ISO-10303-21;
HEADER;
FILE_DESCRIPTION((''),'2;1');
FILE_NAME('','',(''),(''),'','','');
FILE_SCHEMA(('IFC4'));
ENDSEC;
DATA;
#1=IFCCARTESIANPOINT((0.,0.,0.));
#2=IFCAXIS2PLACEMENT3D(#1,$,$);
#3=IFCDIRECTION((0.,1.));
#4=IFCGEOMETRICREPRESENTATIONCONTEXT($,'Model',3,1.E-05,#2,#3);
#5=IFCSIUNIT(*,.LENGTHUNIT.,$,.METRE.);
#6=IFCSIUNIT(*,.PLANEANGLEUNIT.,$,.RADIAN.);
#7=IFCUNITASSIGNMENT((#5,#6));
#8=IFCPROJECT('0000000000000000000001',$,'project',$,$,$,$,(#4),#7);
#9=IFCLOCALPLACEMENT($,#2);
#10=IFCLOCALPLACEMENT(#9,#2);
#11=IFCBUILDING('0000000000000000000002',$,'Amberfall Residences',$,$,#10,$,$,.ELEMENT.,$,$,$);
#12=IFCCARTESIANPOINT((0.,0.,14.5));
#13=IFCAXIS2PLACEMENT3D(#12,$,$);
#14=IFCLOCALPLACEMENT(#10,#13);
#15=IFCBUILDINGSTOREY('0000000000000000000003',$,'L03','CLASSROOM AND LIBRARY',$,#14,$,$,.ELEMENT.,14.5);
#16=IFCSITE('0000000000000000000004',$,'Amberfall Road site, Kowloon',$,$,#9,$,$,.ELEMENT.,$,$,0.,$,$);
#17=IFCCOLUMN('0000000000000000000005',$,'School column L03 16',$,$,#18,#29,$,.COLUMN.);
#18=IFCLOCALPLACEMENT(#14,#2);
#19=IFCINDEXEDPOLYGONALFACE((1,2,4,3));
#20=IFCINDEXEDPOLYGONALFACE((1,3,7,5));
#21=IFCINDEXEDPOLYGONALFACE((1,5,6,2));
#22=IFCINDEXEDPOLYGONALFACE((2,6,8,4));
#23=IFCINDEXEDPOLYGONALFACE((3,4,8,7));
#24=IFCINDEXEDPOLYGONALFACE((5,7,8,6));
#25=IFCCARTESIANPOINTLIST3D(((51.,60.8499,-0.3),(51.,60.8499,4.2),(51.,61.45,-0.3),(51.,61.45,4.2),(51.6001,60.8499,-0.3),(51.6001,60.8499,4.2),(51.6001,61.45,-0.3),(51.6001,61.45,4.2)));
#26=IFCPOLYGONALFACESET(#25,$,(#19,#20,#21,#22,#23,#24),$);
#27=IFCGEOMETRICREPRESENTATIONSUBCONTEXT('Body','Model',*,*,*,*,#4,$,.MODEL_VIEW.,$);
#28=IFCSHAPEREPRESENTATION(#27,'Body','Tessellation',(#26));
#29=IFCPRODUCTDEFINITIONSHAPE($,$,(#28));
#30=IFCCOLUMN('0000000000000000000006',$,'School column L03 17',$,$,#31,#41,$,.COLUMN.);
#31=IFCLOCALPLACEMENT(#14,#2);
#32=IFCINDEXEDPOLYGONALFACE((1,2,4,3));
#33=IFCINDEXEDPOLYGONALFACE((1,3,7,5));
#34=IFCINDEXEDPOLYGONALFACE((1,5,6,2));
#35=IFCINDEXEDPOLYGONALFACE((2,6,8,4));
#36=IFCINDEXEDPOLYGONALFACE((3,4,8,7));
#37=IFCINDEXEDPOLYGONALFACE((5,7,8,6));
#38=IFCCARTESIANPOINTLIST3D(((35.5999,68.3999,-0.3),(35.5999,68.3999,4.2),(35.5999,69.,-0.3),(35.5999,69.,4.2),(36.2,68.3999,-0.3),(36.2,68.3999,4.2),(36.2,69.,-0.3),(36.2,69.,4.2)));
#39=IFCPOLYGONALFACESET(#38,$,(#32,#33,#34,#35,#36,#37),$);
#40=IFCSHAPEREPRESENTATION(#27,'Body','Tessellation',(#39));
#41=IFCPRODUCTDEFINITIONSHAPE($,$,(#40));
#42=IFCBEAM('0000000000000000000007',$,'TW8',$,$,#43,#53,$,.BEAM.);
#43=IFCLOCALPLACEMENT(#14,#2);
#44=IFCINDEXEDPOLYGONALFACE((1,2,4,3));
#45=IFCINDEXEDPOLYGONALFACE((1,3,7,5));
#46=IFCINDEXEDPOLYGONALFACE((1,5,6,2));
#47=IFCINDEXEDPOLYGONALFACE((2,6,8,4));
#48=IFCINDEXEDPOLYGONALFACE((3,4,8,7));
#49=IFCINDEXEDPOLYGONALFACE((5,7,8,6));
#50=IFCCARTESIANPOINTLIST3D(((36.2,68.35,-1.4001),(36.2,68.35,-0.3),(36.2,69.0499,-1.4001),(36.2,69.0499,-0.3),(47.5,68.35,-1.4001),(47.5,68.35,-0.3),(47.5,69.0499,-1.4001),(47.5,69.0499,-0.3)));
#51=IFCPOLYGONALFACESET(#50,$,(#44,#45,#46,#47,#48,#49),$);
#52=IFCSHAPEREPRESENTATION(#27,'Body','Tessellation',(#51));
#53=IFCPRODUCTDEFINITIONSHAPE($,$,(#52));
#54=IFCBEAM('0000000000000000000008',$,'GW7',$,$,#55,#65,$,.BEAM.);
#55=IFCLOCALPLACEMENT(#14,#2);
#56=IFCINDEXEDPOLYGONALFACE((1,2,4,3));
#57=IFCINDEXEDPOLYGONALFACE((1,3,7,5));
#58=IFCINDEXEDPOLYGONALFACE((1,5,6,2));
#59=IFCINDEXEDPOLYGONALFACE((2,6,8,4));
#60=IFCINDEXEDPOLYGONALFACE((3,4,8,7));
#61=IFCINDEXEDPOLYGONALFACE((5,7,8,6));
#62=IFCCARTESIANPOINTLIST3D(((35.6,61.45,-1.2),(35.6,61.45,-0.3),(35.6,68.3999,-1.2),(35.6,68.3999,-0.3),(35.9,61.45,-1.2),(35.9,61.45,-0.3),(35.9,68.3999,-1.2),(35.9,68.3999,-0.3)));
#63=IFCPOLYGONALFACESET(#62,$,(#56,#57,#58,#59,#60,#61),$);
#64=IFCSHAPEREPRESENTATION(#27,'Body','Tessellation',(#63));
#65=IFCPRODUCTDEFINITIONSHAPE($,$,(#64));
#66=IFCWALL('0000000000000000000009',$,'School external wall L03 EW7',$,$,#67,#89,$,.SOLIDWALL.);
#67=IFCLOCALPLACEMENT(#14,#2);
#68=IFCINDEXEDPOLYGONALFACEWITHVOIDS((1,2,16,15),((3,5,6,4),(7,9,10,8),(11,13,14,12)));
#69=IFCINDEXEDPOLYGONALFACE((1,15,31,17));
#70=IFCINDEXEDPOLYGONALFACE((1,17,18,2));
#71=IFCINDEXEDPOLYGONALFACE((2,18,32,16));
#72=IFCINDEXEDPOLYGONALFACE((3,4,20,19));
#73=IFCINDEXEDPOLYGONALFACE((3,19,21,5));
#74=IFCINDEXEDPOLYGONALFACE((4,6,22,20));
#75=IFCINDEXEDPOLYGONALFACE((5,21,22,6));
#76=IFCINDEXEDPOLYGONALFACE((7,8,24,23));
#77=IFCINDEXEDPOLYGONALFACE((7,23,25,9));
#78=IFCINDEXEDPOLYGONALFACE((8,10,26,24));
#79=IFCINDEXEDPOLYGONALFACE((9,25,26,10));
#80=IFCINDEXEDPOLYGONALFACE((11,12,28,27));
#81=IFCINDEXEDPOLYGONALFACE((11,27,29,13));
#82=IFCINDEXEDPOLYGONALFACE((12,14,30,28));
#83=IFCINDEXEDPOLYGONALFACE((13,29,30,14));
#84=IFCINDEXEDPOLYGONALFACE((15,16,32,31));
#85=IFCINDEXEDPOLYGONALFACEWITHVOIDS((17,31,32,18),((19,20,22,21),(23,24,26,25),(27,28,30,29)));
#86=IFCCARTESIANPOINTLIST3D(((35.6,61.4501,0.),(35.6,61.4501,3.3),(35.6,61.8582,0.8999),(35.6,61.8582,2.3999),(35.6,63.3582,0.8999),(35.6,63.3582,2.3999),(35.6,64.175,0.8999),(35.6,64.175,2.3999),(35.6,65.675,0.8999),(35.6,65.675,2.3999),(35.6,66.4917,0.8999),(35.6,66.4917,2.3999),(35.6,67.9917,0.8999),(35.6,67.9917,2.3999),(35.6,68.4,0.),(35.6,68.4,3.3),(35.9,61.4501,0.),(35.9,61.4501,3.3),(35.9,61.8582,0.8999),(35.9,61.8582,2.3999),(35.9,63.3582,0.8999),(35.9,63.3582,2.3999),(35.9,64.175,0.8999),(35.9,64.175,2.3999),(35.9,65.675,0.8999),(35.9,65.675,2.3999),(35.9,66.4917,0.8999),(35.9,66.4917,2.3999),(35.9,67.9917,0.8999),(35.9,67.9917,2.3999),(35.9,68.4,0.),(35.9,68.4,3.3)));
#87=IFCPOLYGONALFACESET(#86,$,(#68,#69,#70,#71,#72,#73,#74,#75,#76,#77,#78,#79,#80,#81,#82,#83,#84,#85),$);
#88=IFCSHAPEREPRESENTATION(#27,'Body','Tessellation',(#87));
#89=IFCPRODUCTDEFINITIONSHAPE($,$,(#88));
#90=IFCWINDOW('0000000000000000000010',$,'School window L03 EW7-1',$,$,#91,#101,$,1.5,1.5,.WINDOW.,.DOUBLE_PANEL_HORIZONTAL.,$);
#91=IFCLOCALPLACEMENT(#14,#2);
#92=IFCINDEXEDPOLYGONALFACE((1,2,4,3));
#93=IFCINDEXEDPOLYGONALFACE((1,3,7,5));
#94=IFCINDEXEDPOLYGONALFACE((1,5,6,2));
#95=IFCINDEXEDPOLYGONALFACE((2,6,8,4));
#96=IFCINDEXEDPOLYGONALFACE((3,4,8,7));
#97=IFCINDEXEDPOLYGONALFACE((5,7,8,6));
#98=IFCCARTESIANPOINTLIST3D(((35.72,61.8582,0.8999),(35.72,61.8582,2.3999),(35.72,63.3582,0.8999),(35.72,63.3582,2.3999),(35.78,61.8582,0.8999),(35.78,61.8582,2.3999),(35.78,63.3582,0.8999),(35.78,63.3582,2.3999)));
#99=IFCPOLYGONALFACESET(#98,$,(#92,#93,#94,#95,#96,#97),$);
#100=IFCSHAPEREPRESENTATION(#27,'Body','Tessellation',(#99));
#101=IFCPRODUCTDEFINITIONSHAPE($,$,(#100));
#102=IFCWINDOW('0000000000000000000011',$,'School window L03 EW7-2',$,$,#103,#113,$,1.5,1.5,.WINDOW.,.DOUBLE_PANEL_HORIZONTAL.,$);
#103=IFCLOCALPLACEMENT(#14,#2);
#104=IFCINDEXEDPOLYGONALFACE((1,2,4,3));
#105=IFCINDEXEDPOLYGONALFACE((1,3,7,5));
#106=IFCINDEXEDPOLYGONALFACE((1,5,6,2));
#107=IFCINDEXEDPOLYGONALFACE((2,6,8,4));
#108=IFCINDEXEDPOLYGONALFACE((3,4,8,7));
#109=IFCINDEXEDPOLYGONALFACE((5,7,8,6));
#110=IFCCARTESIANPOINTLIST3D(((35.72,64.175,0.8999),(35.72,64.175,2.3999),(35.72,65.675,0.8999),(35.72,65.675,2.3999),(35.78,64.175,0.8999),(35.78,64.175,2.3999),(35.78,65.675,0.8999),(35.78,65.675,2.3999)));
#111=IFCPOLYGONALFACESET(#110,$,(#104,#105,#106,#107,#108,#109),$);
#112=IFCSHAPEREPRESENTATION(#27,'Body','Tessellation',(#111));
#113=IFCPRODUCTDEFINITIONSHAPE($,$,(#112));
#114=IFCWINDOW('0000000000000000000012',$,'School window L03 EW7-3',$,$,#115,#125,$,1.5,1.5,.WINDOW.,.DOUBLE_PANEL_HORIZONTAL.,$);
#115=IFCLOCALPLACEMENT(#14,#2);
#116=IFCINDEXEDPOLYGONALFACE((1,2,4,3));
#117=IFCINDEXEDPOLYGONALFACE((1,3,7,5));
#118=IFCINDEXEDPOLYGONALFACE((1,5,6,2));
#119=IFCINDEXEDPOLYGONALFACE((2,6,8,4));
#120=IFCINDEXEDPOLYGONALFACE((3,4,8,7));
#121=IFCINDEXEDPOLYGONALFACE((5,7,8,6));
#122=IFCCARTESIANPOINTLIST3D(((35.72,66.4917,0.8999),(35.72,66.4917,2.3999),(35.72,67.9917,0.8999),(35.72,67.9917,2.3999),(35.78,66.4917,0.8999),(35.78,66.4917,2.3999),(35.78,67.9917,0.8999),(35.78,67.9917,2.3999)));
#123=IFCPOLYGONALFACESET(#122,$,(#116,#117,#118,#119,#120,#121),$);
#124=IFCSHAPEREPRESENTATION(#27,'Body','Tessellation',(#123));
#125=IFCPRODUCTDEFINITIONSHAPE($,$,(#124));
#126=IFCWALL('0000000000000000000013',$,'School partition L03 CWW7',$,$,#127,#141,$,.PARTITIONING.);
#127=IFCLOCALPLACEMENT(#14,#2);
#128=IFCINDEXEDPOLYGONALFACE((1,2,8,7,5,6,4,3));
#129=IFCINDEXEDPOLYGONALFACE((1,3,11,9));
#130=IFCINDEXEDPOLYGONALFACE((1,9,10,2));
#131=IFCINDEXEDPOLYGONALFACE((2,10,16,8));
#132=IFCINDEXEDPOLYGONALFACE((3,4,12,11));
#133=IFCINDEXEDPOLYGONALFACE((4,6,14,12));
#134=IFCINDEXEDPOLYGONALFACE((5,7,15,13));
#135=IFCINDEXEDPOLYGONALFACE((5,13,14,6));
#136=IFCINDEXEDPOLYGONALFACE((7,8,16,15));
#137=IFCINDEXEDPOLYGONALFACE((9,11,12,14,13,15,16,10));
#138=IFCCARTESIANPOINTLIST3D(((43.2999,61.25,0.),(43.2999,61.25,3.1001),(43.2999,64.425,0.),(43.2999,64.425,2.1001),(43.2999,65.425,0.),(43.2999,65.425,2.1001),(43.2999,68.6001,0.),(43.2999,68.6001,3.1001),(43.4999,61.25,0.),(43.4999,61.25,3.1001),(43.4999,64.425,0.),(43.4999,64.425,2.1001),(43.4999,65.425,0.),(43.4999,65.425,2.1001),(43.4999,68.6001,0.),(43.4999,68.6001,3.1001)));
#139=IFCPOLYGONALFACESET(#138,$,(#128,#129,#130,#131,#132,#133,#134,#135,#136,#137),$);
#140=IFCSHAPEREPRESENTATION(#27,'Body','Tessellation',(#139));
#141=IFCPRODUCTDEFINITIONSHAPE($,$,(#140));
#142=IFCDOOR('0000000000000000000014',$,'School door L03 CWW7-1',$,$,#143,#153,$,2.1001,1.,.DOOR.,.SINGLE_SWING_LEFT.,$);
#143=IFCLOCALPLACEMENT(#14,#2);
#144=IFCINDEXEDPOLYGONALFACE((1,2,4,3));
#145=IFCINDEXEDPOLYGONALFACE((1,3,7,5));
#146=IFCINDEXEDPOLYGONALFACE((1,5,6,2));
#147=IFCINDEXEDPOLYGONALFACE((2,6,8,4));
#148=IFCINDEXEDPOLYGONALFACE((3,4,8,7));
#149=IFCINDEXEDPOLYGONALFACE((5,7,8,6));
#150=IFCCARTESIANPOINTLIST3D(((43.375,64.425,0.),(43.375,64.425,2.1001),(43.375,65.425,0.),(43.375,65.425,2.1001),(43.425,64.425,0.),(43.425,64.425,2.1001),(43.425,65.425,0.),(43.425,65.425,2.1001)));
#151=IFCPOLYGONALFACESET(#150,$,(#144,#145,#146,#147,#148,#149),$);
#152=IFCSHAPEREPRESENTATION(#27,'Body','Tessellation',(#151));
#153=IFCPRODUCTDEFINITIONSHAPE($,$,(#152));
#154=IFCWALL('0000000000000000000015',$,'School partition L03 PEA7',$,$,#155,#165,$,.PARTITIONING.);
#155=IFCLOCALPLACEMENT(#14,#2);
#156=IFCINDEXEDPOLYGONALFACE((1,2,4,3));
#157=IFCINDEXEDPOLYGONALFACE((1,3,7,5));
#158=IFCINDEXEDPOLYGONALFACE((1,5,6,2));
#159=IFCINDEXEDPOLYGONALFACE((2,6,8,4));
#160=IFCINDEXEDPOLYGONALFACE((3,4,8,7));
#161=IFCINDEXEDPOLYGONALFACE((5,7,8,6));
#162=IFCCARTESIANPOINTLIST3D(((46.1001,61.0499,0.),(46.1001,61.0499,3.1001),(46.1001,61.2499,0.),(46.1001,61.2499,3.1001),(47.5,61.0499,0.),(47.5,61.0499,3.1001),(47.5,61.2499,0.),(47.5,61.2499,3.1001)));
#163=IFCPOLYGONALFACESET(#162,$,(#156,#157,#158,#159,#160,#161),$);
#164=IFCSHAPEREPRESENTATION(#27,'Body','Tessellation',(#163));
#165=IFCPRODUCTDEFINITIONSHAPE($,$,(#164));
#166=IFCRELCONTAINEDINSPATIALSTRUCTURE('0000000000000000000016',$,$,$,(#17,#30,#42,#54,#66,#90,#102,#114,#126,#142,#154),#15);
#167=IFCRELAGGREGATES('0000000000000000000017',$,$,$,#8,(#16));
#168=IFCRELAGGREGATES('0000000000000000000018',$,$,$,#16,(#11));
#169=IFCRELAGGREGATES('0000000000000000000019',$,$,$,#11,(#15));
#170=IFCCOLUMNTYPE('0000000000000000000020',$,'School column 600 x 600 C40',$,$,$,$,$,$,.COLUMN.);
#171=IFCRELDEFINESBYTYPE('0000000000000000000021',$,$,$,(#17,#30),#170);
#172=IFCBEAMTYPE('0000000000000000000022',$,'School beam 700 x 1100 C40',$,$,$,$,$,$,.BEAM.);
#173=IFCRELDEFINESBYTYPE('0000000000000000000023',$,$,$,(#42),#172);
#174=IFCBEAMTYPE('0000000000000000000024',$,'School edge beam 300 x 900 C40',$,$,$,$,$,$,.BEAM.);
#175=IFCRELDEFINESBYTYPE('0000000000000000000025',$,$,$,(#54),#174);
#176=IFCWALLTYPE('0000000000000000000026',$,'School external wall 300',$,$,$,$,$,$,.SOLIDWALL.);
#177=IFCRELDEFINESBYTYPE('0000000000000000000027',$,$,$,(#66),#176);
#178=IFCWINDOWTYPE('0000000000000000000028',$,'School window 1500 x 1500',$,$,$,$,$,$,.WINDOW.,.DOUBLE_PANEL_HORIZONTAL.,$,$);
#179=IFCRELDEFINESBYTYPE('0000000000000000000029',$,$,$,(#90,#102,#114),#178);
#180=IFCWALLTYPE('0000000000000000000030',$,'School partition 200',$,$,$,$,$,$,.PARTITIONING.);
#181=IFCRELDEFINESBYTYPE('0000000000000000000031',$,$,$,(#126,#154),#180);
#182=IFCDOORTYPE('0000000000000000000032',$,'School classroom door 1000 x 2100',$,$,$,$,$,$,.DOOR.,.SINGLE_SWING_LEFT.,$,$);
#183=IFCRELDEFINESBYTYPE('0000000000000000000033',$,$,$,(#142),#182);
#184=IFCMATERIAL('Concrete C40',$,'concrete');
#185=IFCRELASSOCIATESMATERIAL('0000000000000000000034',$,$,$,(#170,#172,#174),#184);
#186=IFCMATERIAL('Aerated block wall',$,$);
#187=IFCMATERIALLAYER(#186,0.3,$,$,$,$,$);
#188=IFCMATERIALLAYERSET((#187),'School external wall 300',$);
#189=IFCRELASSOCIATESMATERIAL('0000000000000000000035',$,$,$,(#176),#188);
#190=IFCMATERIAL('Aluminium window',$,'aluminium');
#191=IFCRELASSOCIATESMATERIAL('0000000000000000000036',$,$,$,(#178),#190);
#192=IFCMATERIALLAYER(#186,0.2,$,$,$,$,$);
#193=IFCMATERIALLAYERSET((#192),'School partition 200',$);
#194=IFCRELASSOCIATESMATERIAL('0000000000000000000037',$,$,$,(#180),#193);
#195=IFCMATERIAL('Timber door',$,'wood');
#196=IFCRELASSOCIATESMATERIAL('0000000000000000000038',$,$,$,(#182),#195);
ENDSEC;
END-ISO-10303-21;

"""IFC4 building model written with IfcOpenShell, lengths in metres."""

from ifc_helpers import new_model, si_unit, direction, frame, frame_2d, origin, origin_2d, place, context, subcontext, project, spatial, rectangle, extrude, material, layer, layer_set, material_profile, profile_set, type_object, element, fill, save


model = new_model("IFC4")

# Units and contexts
model_context = context("Model", 3, precision=1e-05, world=origin(), true_north=direction((0.0, 1.0)))
body_context = subcontext(model_context, "Body", "Model", "MODEL_VIEW")
ifc_project = project(units=[si_unit("LENGTHUNIT", "METRE"), si_unit("PLANEANGLEUNIT", "RADIAN")], contexts=[model_context])

# Site, building, storey
site_placement = place(None, origin())
site = spatial("IfcSite", under=ifc_project, at=site_placement, Name="Amberfall Road site, Kowloon", CompositionType="ELEMENT", RefElevation=0.0)
building_placement = place(site_placement, origin())
building = spatial("IfcBuilding", under=site, at=building_placement, Name="Amberfall Residences", CompositionType="ELEMENT")
storey_placement = place(building_placement, frame((0.0, 0.0, 14.5)))
storey = spatial("IfcBuildingStorey", under=building, at=storey_placement, Name="L03", Description="CLASSROOM AND LIBRARY", CompositionType="ELEMENT", Elevation=14.5)

# Columns
ifc_material_1 = material(Name="Concrete C40", Category="concrete")
ifc_material_profile_1 = material_profile(ifc_material_1, rectangle(XDim=0.6001, YDim=0.6001, at=origin_2d()), Name="School column 600 x 600 C40")
ifc_profile_set_1 = profile_set([ifc_material_profile_1], Name="Concrete C40")
column_type = type_object("IfcColumnType", Name="School column 600 x 600 C40", PredefinedType="COLUMN", material=ifc_profile_set_1)
for number, where, z_axis, x_axis, name in (
    (1, (51.3, 61.1499, -0.3), (0.0, 0.0, 1.0), (1.0, 0.0, 0.0), "School column L03 16"),
    (2, (35.8999, 68.7, -0.3), (0.0, 0.0, 1.0), (1.0, 0.0, 0.0), "School column L03 17"),
):
    element("IfcColumn", number, at=place(storey_placement, frame(where, z_axis=z_axis, x_axis=x_axis)), inside=storey, type_object=column_type, Name=name, PredefinedType="COLUMN", context=body_context, shape_type="SweptSolid", body=[
        extrude(rectangle(XDim=0.6001, YDim=0.6001, at=origin_2d()), origin(), (0.0, 0.0, 1.0), 4.5),
    ])

# Beams
ifc_material_profile_2 = material_profile(ifc_material_1, rectangle(XDim=0.7, YDim=1.1001, at=origin_2d()), Name="School beam 700 x 1100 C40")
ifc_profile_set_2 = profile_set([ifc_material_profile_2], Name="Concrete C40")
beam_type_1 = type_object("IfcBeamType", Name="School beam 700 x 1100 C40", PredefinedType="BEAM", material=ifc_profile_set_2)
beam_1_placement = place(storey_placement, frame((36.2, 68.7, -0.8501), z_axis=(1.0, 0.0, 0.0), x_axis=(0.0, 1.0, 0.0)))
element("IfcBeam", 3, at=beam_1_placement, inside=storey, type_object=beam_type_1, Name="TW8", PredefinedType="BEAM", context=body_context, shape_type="SweptSolid", body=[
    extrude(rectangle(XDim=0.7, YDim=1.1001, at=origin_2d()), origin(), (0.0, 0.0, 1.0), 11.3),
])
ifc_material_profile_3 = material_profile(ifc_material_1, rectangle(XDim=0.3, YDim=0.8999, at=origin_2d()), Name="School edge beam 300 x 900 C40")
ifc_profile_set_3 = profile_set([ifc_material_profile_3], Name="Concrete C40")
beam_type_2 = type_object("IfcBeamType", Name="School edge beam 300 x 900 C40", PredefinedType="BEAM", material=ifc_profile_set_3)
beam_2_placement = place(storey_placement, frame((35.75, 61.45, -0.75), z_axis=(0.0, 1.0, 0.0), x_axis=(-1.0, 0.0, 0.0)))
element("IfcBeam", 4, at=beam_2_placement, inside=storey, type_object=beam_type_2, Name="GW7", PredefinedType="BEAM", context=body_context, shape_type="SweptSolid", body=[
    extrude(rectangle(XDim=0.3, YDim=0.8999, at=origin_2d()), origin(), (0.0, 0.0, 1.0), 6.95),
])

# Wall, openings, windows
ifc_material_2 = material(Name="Aerated block wall")
ifc_layer_1 = layer(ifc_material_2, 0.3)
ifc_layer_set_1 = layer_set([ifc_layer_1], Name="School external wall 300")
wall_type_1 = type_object("IfcWallType", Name="School external wall 300", PredefinedType="SOLIDWALL", material=ifc_layer_set_1)
wall_1_placement = place(storey_placement, frame((35.75, 61.45, 0.0), z_axis=(0.0, 0.0, 1.0), x_axis=(0.0, 1.0, 0.0)))
wall_1 = element("IfcWall", 5, at=wall_1_placement, inside=storey, type_object=wall_type_1, Name="School external wall L03 EW7", PredefinedType="SOLIDWALL", context=body_context, shape_type="SweptSolid", body=[
    extrude(rectangle(XDim=6.95, YDim=0.3, at=frame_2d((3.4751, 0.0))), origin(), (0.0, 0.0, 1.0), 3.3),
])
opening_1_placement = place(wall_1_placement, frame((0.4082, 0.0, 0.8999)))
opening_1 = element("IfcOpeningElement", 6, at=opening_1_placement, cuts=wall_1, PredefinedType="OPENING", context=body_context, shape_type="SweptSolid", body=[
    extrude(rectangle(XDim=1.5, YDim=1.5, at=frame_2d((0.75, 0.75))), frame((0.0, 0.1599, 0.0), z_axis=(0.0, -1.0, 0.0), x_axis=(1.0, 0.0, 0.0)), (0.0, 0.0, 1.0), 0.3201),
])
opening_2_placement = place(wall_1_placement, frame((2.7251, 0.0, 0.8999)))
opening_2 = element("IfcOpeningElement", 7, at=opening_2_placement, cuts=wall_1, PredefinedType="OPENING", context=body_context, shape_type="SweptSolid", body=[
    extrude(rectangle(XDim=1.5, YDim=1.5, at=frame_2d((0.75, 0.75))), frame((0.0, 0.1599, 0.0), z_axis=(0.0, -1.0, 0.0), x_axis=(1.0, 0.0, 0.0)), (0.0, 0.0, 1.0), 0.3201),
])
opening_3_placement = place(wall_1_placement, frame((5.0417, 0.0, 0.8999)))
opening_3 = element("IfcOpeningElement", 8, at=opening_3_placement, cuts=wall_1, PredefinedType="OPENING", context=body_context, shape_type="SweptSolid", body=[
    extrude(rectangle(XDim=1.5, YDim=1.5, at=frame_2d((0.75, 0.75))), frame((0.0, 0.1599, 0.0), z_axis=(0.0, -1.0, 0.0), x_axis=(1.0, 0.0, 0.0)), (0.0, 0.0, 1.0), 0.3201),
])
ifc_material_3 = material(Name="Aluminium window", Category="aluminium")
window_type = type_object("IfcWindowType", Name="School window 1500 x 1500", PartitioningType="DOUBLE_PANEL_HORIZONTAL", PredefinedType="WINDOW", material=ifc_material_3)
window_1_placement = place(opening_1_placement, origin())
window_1 = element("IfcWindow", 9, at=window_1_placement, inside=storey, type_object=window_type, Name="School window L03 EW7-1", OverallHeight=1.5, OverallWidth=1.5, PartitioningType="DOUBLE_PANEL_HORIZONTAL", PredefinedType="WINDOW", context=body_context, shape_type="SweptSolid", body=[
    extrude(rectangle(XDim=1.5, YDim=1.5, at=frame_2d((0.75, 0.75))), frame((0.0, 0.03, 0.0), z_axis=(0.0, -1.0, 0.0), x_axis=(1.0, 0.0, 0.0)), (0.0, 0.0, 1.0), 0.0601),
])
fill(opening_1, window_1)
window_2_placement = place(opening_2_placement, origin())
window_2 = element("IfcWindow", 10, at=window_2_placement, inside=storey, type_object=window_type, Name="School window L03 EW7-2", OverallHeight=1.5, OverallWidth=1.5, PartitioningType="DOUBLE_PANEL_HORIZONTAL", PredefinedType="WINDOW", context=body_context, shape_type="SweptSolid", body=[
    extrude(rectangle(XDim=1.5, YDim=1.5, at=frame_2d((0.75, 0.75))), frame((0.0, 0.03, 0.0), z_axis=(0.0, -1.0, 0.0), x_axis=(1.0, 0.0, 0.0)), (0.0, 0.0, 1.0), 0.0601),
])
fill(opening_2, window_2)
window_3_placement = place(opening_3_placement, origin())
window_3 = element("IfcWindow", 11, at=window_3_placement, inside=storey, type_object=window_type, Name="School window L03 EW7-3", OverallHeight=1.5, OverallWidth=1.5, PartitioningType="DOUBLE_PANEL_HORIZONTAL", PredefinedType="WINDOW", context=body_context, shape_type="SweptSolid", body=[
    extrude(rectangle(XDim=1.5, YDim=1.5, at=frame_2d((0.75, 0.75))), frame((0.0, 0.03, 0.0), z_axis=(0.0, -1.0, 0.0), x_axis=(1.0, 0.0, 0.0)), (0.0, 0.0, 1.0), 0.0601),
])
fill(opening_3, window_3)

# Wall, opening, door
ifc_layer_2 = layer(ifc_material_2, 0.2)
ifc_layer_set_2 = layer_set([ifc_layer_2], Name="School partition 200")
wall_type_2 = type_object("IfcWallType", Name="School partition 200", PredefinedType="PARTITIONING", material=ifc_layer_set_2)
wall_2_placement = place(storey_placement, frame((43.3999, 61.25, 0.0), z_axis=(0.0, 0.0, 1.0), x_axis=(0.0, 1.0, 0.0)))
wall_2 = element("IfcWall", 12, at=wall_2_placement, inside=storey, type_object=wall_type_2, Name="School partition L03 CWW7", PredefinedType="PARTITIONING", context=body_context, shape_type="SweptSolid", body=[
    extrude(rectangle(XDim=7.3501, YDim=0.2, at=frame_2d((3.675, 0.0))), origin(), (0.0, 0.0, 1.0), 3.1001),
])
opening_4_placement = place(wall_2_placement, frame((3.175, 0.0, 0.0)))
opening_4 = element("IfcOpeningElement", 13, at=opening_4_placement, cuts=wall_2, PredefinedType="OPENING", context=body_context, shape_type="SweptSolid", body=[
    extrude(rectangle(XDim=1.0, YDim=2.1001, at=frame_2d((0.5, 1.05))), frame((0.0, 0.1099, 0.0), z_axis=(0.0, -1.0, 0.0), x_axis=(1.0, 0.0, 0.0)), (0.0, 0.0, 1.0), 0.22),
])
ifc_material_4 = material(Name="Timber door", Category="wood")
door_type_1 = type_object("IfcDoorType", Name="School classroom door 1000 x 2100", OperationType="SINGLE_SWING_LEFT", PredefinedType="DOOR", material=ifc_material_4)
door_1_placement = place(opening_4_placement, origin())
door_1 = element("IfcDoor", 14, at=door_1_placement, inside=storey, type_object=door_type_1, Name="School door L03 CWW7-1", OperationType="SINGLE_SWING_LEFT", OverallHeight=2.1001, OverallWidth=1.0, PredefinedType="DOOR", context=body_context, shape_type="SweptSolid", body=[
    extrude(rectangle(XDim=1.0, YDim=2.1001, at=frame_2d((0.5, 1.05))), frame((0.0, 0.0249, 0.0), z_axis=(0.0, -1.0, 0.0), x_axis=(1.0, 0.0, 0.0)), (0.0, 0.0, 1.0), 0.05),
])
fill(opening_4, door_1)

# Wall
wall_3_placement = place(storey_placement, frame((46.1001, 61.1499, 0.0), z_axis=(0.0, 0.0, 1.0), x_axis=(1.0, 0.0, 0.0)))
element("IfcWall", 15, at=wall_3_placement, inside=storey, type_object=wall_type_2, Name="School partition L03 PEA7", PredefinedType="PARTITIONING", context=body_context, shape_type="SweptSolid", body=[
    extrude(rectangle(XDim=1.3999, YDim=0.2, at=frame_2d((0.7, 0.0))), origin(), (0.0, 0.0, 1.0), 3.1001),
])

save(model, "model.ifc")
